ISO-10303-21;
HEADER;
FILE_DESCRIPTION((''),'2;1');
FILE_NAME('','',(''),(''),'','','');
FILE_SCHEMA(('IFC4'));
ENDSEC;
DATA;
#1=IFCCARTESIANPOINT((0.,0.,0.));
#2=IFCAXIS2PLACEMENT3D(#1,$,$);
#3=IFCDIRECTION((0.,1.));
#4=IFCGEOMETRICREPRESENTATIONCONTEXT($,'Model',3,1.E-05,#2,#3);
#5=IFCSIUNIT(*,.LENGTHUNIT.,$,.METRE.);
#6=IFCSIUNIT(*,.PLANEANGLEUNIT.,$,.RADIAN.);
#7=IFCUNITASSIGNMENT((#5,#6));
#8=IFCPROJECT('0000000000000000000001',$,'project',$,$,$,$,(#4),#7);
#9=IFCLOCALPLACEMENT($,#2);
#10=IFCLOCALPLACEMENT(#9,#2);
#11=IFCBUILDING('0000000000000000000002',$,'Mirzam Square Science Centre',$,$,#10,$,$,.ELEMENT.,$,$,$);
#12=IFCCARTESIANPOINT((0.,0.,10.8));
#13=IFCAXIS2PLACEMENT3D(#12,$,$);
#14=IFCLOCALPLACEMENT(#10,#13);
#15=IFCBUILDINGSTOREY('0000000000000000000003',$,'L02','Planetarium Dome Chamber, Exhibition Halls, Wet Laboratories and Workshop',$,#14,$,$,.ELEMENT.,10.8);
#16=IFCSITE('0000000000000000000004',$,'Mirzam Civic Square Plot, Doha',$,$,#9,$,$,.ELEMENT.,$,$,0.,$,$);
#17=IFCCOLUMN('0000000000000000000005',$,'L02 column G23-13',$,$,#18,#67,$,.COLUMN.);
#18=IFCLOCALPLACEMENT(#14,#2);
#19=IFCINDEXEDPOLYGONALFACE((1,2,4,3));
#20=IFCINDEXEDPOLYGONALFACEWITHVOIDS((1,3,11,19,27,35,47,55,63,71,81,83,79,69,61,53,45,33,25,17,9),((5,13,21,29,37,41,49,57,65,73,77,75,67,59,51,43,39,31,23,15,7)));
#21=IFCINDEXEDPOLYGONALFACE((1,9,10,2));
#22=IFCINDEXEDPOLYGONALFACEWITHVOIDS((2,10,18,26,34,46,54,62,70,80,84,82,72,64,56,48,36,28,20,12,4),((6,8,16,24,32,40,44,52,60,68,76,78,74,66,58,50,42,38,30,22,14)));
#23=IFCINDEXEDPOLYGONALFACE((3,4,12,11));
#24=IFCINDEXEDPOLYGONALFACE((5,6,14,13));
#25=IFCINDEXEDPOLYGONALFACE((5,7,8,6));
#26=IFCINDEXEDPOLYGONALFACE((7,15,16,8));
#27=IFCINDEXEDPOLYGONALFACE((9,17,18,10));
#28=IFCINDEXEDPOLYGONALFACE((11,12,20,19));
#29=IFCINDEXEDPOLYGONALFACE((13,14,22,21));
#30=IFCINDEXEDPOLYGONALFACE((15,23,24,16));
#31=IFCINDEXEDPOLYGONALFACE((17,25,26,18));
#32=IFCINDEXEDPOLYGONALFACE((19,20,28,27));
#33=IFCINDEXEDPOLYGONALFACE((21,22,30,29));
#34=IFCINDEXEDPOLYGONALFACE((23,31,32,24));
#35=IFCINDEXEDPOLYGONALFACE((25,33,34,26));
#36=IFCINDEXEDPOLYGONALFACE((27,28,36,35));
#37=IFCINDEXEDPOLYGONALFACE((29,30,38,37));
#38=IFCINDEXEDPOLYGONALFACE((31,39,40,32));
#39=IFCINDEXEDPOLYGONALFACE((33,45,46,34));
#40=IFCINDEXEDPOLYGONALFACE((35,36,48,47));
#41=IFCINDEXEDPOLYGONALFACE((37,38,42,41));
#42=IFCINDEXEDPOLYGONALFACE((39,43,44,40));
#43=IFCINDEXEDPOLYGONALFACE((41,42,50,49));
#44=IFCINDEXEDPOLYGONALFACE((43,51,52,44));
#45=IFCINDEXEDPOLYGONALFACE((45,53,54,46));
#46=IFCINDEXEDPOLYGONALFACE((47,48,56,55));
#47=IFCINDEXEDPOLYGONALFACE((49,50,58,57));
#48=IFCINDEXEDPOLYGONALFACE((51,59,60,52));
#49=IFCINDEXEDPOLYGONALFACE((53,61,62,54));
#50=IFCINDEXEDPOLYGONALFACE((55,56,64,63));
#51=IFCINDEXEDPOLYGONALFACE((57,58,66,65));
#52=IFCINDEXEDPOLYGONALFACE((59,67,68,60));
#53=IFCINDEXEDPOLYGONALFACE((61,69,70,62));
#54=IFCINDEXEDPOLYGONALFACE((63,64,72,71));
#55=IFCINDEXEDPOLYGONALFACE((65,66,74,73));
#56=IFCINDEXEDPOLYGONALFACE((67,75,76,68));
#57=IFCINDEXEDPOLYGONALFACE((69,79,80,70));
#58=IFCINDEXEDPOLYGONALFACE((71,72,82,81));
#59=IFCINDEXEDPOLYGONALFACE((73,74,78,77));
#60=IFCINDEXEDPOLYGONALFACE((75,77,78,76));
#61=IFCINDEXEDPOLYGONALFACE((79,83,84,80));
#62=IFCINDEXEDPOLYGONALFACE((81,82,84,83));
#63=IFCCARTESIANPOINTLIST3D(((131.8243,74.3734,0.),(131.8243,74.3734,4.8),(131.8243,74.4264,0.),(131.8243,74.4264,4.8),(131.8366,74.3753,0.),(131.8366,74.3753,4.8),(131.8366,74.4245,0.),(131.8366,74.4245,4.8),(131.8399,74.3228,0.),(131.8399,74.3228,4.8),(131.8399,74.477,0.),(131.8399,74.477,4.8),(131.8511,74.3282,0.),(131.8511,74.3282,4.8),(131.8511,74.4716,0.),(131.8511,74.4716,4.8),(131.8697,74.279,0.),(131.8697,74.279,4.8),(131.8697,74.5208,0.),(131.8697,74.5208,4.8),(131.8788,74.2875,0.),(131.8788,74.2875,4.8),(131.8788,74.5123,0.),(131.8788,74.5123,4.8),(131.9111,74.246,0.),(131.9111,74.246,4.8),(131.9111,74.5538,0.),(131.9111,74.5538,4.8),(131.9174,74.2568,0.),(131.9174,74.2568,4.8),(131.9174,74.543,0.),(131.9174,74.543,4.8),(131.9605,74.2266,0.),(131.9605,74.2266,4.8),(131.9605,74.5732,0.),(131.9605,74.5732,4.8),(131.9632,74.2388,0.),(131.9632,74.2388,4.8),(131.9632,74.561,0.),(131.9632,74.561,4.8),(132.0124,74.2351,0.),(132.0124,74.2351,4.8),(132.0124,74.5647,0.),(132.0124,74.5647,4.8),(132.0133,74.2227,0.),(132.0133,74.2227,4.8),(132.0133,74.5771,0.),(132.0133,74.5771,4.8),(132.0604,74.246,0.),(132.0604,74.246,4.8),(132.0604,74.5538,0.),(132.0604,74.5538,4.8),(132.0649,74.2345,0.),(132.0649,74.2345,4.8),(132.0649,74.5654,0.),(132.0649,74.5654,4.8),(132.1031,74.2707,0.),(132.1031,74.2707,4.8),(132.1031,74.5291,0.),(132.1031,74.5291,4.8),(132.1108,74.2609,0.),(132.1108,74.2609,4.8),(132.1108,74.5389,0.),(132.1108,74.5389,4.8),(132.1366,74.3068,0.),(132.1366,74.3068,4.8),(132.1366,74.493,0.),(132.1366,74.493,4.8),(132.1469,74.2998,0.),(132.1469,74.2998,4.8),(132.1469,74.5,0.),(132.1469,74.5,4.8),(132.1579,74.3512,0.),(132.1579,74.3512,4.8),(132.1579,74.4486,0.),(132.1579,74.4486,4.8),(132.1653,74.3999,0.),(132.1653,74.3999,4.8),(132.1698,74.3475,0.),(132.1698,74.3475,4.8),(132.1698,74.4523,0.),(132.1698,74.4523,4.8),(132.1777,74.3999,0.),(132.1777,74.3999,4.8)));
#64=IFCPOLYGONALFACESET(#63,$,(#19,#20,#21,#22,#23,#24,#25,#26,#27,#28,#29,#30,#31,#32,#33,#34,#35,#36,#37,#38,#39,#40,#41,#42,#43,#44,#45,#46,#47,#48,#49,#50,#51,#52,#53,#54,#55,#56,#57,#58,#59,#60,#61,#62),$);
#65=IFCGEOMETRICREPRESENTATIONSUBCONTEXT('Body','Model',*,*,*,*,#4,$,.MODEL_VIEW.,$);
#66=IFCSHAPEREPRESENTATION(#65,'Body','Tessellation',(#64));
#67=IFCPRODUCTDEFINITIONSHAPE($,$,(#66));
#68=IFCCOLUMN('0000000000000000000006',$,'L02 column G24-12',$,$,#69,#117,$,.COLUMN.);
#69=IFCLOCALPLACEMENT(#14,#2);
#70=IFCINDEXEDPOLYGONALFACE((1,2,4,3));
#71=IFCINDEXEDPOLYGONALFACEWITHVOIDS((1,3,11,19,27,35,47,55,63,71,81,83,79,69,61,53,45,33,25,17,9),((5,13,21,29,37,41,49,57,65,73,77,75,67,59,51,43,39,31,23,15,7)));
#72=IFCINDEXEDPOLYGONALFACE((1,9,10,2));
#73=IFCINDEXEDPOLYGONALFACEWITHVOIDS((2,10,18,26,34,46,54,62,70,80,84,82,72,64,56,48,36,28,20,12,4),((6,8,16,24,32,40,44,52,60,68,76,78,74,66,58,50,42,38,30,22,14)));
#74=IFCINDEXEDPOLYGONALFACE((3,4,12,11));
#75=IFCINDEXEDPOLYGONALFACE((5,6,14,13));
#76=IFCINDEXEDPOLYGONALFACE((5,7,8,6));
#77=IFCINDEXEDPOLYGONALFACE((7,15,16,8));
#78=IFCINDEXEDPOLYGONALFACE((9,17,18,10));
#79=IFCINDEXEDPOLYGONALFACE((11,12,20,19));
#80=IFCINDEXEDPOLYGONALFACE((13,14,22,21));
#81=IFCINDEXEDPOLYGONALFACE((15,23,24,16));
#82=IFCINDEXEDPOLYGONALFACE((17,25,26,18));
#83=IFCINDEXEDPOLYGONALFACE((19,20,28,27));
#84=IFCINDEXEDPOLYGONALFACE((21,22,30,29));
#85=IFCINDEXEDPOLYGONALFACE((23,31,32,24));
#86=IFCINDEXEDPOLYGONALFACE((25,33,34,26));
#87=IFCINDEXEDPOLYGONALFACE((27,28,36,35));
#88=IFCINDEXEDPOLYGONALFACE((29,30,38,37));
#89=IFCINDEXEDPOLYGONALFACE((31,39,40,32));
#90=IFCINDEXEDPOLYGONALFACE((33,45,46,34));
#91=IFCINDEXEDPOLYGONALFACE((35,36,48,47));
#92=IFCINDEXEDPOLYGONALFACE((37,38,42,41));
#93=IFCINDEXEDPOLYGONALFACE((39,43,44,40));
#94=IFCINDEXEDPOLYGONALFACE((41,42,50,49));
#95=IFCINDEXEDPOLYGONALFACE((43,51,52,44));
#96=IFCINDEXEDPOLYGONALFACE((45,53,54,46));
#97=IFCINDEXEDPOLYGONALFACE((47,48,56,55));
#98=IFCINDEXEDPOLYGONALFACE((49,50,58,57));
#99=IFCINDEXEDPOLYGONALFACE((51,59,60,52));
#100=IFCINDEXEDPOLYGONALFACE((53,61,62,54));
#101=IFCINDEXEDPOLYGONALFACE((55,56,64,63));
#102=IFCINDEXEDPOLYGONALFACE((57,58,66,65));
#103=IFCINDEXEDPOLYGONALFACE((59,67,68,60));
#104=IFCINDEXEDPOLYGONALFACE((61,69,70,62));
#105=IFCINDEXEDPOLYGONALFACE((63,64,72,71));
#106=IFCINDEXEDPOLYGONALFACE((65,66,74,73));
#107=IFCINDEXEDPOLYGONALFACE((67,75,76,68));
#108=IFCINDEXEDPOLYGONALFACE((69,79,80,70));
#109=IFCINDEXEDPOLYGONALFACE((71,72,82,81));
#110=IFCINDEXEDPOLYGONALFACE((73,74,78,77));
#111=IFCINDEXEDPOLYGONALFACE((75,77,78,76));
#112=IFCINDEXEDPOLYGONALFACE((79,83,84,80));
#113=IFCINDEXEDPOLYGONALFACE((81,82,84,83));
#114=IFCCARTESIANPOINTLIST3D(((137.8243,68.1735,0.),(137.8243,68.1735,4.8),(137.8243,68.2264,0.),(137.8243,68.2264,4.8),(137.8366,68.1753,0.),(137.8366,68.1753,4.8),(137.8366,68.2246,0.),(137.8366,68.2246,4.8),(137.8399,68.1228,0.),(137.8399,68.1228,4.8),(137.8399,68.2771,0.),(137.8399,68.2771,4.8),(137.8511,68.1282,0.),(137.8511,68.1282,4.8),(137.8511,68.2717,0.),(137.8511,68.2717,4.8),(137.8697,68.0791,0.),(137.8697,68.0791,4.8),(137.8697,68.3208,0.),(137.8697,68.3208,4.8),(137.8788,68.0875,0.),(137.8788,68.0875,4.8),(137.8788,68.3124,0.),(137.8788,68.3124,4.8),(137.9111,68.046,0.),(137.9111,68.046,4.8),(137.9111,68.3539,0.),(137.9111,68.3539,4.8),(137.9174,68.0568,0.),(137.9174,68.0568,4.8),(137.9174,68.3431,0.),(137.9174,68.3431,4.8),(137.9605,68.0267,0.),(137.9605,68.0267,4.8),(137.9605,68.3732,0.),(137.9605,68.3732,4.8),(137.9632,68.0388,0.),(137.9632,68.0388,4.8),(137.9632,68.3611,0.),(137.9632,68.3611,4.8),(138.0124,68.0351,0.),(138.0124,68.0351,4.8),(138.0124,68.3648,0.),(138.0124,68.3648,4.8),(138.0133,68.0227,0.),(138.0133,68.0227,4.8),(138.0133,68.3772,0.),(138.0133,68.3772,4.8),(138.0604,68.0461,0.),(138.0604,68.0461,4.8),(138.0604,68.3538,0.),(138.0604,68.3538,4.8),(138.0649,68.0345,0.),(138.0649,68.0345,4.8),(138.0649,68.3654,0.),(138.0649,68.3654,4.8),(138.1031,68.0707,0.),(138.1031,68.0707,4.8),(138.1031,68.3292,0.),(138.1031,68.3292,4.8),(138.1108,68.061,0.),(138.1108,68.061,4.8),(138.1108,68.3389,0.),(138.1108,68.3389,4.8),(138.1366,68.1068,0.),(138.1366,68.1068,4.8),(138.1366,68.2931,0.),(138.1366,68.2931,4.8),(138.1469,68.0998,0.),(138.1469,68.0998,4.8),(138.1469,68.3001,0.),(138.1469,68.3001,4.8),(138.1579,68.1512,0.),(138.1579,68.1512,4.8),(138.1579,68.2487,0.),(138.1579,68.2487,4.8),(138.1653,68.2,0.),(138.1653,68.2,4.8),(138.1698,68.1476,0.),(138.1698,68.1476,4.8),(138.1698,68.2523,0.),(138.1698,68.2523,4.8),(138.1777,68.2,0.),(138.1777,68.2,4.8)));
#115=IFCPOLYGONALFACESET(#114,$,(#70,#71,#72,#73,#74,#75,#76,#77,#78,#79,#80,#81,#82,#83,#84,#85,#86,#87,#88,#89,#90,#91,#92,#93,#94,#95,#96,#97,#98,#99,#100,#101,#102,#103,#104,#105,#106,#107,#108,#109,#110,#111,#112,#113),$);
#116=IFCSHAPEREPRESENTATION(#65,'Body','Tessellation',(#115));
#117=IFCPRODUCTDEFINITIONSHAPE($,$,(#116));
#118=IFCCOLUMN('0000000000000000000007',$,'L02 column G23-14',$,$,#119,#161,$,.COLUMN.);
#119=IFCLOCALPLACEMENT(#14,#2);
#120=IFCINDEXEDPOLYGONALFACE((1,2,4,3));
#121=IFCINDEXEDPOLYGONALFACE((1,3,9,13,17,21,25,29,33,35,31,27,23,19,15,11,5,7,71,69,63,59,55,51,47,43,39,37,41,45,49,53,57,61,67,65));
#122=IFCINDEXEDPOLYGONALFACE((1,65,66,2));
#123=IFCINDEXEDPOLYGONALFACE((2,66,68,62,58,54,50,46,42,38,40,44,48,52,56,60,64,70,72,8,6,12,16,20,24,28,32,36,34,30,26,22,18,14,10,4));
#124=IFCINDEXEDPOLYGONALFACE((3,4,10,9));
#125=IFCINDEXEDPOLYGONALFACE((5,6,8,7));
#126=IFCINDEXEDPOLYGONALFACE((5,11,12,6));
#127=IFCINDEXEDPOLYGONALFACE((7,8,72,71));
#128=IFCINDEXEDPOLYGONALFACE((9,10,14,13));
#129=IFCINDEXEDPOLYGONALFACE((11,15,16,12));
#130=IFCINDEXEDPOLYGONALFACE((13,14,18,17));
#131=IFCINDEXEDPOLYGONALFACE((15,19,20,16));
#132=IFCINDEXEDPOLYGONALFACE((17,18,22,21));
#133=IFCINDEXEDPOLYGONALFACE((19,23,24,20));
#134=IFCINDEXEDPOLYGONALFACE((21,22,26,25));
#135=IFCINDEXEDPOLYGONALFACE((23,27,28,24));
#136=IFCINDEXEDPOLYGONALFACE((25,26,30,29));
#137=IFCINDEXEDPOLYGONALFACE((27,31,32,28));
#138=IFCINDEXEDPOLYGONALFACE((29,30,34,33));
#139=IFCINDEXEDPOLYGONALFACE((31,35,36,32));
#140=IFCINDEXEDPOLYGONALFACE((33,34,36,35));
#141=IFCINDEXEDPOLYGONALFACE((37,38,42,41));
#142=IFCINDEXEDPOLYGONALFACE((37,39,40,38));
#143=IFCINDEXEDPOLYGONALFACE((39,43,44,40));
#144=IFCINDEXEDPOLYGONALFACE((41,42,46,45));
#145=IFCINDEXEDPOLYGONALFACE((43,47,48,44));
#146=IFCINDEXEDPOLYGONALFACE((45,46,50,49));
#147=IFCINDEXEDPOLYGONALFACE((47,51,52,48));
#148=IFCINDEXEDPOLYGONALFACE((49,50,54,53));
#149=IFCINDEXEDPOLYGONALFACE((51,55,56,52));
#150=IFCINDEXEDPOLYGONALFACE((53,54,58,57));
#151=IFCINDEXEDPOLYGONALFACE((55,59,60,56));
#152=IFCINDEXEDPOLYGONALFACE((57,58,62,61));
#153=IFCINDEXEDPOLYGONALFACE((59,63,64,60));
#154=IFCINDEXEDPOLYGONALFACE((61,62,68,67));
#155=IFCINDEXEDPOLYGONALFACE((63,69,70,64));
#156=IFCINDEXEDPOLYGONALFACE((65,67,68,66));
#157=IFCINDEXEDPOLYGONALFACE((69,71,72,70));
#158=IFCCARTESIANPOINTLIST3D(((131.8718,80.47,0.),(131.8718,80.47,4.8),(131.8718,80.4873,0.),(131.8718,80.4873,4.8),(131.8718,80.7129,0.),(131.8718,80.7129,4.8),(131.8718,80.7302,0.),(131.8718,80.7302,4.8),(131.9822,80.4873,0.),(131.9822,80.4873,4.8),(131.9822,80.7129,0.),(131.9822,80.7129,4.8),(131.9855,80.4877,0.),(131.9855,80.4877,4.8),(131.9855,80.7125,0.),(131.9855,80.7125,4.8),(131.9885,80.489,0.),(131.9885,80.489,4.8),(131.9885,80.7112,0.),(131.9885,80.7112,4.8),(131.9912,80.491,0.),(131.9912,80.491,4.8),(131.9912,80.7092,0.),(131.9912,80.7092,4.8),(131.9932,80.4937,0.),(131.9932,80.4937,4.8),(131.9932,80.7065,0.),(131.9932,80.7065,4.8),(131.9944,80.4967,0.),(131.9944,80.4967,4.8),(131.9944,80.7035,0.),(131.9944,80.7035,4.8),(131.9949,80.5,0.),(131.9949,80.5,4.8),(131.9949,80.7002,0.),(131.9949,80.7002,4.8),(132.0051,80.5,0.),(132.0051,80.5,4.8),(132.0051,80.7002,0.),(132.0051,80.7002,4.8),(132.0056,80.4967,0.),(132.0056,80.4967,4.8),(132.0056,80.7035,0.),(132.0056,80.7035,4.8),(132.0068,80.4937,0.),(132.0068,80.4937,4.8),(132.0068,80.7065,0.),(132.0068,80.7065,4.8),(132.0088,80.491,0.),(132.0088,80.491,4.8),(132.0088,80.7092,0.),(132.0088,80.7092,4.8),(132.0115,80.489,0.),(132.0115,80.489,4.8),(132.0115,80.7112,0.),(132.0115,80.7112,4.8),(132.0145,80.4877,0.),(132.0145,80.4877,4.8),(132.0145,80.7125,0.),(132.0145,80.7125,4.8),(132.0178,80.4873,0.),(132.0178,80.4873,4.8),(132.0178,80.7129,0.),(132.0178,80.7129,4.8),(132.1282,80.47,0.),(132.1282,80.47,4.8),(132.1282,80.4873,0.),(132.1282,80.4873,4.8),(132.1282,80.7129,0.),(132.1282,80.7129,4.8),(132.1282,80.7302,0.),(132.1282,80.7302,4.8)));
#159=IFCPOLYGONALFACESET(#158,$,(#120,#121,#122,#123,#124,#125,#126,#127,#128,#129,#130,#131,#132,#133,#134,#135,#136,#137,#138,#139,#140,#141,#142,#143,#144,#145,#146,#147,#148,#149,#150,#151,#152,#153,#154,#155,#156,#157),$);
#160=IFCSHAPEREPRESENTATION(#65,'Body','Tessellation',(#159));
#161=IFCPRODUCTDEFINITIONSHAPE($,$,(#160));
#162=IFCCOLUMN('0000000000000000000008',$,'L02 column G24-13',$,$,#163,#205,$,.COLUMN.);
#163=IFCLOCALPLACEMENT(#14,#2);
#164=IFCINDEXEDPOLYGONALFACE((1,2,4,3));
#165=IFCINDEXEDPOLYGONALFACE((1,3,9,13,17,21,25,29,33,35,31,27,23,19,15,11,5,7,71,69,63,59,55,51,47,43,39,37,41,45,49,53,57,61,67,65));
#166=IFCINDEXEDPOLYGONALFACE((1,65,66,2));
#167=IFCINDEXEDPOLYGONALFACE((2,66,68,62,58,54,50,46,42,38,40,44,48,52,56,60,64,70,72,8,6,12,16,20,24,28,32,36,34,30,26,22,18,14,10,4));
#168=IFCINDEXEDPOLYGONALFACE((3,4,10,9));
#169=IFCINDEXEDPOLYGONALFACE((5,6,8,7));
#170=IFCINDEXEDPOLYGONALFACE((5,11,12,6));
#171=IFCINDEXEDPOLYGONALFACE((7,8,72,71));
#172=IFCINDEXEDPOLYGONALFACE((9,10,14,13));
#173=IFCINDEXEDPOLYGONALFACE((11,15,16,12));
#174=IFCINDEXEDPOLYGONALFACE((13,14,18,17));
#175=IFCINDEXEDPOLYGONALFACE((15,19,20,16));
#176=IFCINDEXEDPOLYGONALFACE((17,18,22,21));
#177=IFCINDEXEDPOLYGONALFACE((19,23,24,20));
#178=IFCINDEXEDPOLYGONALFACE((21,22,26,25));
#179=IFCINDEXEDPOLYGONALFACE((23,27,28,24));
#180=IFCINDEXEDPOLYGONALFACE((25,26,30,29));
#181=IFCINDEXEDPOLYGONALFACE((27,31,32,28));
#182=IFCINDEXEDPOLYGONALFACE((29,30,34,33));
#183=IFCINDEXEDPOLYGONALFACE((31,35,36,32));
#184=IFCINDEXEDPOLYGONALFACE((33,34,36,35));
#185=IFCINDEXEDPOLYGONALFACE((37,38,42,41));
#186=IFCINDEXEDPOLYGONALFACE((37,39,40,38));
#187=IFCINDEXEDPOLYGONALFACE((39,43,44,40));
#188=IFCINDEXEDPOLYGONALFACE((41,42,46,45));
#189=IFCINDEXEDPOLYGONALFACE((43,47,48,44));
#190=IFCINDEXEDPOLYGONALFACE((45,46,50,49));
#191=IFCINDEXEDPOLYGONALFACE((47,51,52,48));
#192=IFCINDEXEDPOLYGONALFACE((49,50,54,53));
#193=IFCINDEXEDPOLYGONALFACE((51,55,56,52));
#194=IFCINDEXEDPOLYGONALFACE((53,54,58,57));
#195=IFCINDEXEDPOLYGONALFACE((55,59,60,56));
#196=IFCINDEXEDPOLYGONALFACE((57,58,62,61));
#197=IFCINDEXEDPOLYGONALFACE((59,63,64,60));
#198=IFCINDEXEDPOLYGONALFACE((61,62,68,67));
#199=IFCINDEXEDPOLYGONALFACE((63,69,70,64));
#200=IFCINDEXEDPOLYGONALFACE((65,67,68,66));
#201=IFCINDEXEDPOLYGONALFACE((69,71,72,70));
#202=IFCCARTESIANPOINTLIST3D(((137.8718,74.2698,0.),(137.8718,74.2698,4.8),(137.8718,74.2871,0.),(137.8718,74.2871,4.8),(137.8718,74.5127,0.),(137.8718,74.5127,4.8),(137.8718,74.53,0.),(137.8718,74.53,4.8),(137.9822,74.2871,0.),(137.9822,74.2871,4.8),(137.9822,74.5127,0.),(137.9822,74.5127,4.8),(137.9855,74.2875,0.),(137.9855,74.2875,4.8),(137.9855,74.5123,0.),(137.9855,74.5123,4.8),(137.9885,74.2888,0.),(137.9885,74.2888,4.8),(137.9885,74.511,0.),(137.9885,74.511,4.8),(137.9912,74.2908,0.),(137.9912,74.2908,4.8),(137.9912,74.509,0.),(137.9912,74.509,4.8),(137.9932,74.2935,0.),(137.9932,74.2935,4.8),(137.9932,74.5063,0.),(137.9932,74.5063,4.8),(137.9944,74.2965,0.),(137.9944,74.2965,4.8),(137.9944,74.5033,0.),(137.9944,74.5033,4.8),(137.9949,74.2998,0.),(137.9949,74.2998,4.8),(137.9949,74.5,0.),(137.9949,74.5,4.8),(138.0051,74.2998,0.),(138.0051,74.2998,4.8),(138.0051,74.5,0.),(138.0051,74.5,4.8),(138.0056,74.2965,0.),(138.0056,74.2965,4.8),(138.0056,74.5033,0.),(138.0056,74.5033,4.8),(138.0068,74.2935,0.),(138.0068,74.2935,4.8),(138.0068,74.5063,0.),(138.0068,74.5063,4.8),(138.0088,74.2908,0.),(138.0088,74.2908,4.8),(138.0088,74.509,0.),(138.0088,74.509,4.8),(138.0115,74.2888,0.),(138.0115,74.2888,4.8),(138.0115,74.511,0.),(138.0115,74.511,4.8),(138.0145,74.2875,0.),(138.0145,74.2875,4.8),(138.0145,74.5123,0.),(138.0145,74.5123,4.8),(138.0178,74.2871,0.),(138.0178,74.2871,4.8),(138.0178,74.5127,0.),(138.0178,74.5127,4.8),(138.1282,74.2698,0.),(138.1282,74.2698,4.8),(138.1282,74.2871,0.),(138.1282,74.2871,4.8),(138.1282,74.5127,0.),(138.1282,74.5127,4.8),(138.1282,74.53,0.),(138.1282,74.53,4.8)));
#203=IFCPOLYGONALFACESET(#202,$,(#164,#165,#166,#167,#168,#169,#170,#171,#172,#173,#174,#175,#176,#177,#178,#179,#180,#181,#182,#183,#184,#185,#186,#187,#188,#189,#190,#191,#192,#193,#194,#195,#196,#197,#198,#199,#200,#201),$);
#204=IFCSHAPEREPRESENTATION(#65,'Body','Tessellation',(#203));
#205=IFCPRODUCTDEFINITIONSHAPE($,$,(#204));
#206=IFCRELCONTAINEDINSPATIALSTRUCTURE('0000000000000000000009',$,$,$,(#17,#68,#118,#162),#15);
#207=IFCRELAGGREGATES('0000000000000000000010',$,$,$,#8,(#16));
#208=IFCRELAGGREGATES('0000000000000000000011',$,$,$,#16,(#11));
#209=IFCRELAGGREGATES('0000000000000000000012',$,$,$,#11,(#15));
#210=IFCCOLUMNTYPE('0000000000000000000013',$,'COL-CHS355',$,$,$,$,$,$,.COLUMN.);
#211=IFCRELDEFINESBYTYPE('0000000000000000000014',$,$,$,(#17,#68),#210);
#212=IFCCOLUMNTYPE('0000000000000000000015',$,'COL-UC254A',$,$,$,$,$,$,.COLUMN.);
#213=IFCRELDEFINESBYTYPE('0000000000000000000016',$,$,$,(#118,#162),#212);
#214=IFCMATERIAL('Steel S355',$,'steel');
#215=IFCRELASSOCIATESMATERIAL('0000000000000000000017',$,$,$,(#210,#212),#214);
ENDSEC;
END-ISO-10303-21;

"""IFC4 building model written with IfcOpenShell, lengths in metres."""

from ifc_helpers import new_model, si_unit, direction, frame, origin, origin_2d, place, context, subcontext, project, spatial, hollow_circle, i_section, extrude, material, material_profile, profile_set, type_object, element, save


model = new_model("IFC4")

# Units and contexts
model_context = context("Model", 3, precision=1e-05, world=origin(), true_north=direction((0.0, 1.0)))
body_context = subcontext(model_context, "Body", "Model", "MODEL_VIEW")
ifc_project = project(units=[si_unit("LENGTHUNIT", "METRE"), si_unit("PLANEANGLEUNIT", "RADIAN")], contexts=[model_context])

# Site, building, storey
site_placement = place(None, origin())
site = spatial("IfcSite", under=ifc_project, at=site_placement, Name="Mirzam Civic Square Plot, Doha", CompositionType="ELEMENT", RefElevation=0.0)
building_placement = place(site_placement, origin())
building = spatial("IfcBuilding", under=site, at=building_placement, Name="Mirzam Square Science Centre", CompositionType="ELEMENT")
storey_placement = place(building_placement, frame((0.0, 0.0, 10.8)))
storey = spatial("IfcBuildingStorey", under=building, at=storey_placement, Name="L02", Description="Planetarium Dome Chamber, Exhibition Halls, Wet Laboratories and Workshop", CompositionType="ELEMENT", Elevation=10.8)

# Columns
ifc_material_1 = material(Name="Steel S355", Category="steel")
ifc_material_profile_1 = material_profile(ifc_material_1, hollow_circle(Radius=0.1777, WallThickness=0.0125, at=origin_2d()), Name="355.6x12.5CHS")
ifc_profile_set_1 = profile_set([ifc_material_profile_1], Name="Steel S355")
column_type_1 = type_object("IfcColumnType", Name="COL-CHS355", PredefinedType="COLUMN", material=ifc_profile_set_1)
for number, where, z_axis, x_axis, name in (
    (1, (132.0, 74.3999, 0.0), (0.0, 0.0, 1.0), (1.0, 0.0, 0.0), "L02 column G23-13"),
    (2, (138.0, 68.2, 0.0), (0.0, 0.0, 1.0), (1.0, 0.0, 0.0), "L02 column G24-12"),
):
    element("IfcColumn", number, at=place(storey_placement, frame(where, z_axis=z_axis, x_axis=x_axis)), inside=storey, type_object=column_type_1, Name=name, PredefinedType="COLUMN", context=body_context, shape_type="SweptSolid", body=[
        extrude(hollow_circle(Radius=0.1777, WallThickness=0.0125, at=origin_2d()), origin(), (0.0, 0.0, 1.0), 4.8),
    ])
ifc_material_profile_2 = material_profile(ifc_material_1, i_section(OverallWidth=0.2563, OverallDepth=0.2603, WebThickness=0.0103, FlangeThickness=0.0173, FilletRadius=0.0127, at=origin_2d()), Name="254x254x89UC")
ifc_profile_set_2 = profile_set([ifc_material_profile_2], Name="Steel S355")
column_type_2 = type_object("IfcColumnType", Name="COL-UC254A", PredefinedType="COLUMN", material=ifc_profile_set_2)
for number, where, z_axis, x_axis, name in (
    (3, (132.0, 80.6001, 0.0), (0.0, 0.0, 1.0), (1.0, 0.0, 0.0), "L02 column G23-14"),
    (4, (138.0, 74.3999, 0.0), (0.0, 0.0, 1.0), (1.0, 0.0, 0.0), "L02 column G24-13"),
):
    element("IfcColumn", number, at=place(storey_placement, frame(where, z_axis=z_axis, x_axis=x_axis)), inside=storey, type_object=column_type_2, Name=name, PredefinedType="COLUMN", context=body_context, shape_type="SweptSolid", body=[
        extrude(i_section(OverallWidth=0.2563, OverallDepth=0.2603, WebThickness=0.0103, FlangeThickness=0.0173, FilletRadius=0.0127, at=origin_2d()), origin(), (0.0, 0.0, 1.0), 4.8),
    ])

save(model, "model.ifc")
